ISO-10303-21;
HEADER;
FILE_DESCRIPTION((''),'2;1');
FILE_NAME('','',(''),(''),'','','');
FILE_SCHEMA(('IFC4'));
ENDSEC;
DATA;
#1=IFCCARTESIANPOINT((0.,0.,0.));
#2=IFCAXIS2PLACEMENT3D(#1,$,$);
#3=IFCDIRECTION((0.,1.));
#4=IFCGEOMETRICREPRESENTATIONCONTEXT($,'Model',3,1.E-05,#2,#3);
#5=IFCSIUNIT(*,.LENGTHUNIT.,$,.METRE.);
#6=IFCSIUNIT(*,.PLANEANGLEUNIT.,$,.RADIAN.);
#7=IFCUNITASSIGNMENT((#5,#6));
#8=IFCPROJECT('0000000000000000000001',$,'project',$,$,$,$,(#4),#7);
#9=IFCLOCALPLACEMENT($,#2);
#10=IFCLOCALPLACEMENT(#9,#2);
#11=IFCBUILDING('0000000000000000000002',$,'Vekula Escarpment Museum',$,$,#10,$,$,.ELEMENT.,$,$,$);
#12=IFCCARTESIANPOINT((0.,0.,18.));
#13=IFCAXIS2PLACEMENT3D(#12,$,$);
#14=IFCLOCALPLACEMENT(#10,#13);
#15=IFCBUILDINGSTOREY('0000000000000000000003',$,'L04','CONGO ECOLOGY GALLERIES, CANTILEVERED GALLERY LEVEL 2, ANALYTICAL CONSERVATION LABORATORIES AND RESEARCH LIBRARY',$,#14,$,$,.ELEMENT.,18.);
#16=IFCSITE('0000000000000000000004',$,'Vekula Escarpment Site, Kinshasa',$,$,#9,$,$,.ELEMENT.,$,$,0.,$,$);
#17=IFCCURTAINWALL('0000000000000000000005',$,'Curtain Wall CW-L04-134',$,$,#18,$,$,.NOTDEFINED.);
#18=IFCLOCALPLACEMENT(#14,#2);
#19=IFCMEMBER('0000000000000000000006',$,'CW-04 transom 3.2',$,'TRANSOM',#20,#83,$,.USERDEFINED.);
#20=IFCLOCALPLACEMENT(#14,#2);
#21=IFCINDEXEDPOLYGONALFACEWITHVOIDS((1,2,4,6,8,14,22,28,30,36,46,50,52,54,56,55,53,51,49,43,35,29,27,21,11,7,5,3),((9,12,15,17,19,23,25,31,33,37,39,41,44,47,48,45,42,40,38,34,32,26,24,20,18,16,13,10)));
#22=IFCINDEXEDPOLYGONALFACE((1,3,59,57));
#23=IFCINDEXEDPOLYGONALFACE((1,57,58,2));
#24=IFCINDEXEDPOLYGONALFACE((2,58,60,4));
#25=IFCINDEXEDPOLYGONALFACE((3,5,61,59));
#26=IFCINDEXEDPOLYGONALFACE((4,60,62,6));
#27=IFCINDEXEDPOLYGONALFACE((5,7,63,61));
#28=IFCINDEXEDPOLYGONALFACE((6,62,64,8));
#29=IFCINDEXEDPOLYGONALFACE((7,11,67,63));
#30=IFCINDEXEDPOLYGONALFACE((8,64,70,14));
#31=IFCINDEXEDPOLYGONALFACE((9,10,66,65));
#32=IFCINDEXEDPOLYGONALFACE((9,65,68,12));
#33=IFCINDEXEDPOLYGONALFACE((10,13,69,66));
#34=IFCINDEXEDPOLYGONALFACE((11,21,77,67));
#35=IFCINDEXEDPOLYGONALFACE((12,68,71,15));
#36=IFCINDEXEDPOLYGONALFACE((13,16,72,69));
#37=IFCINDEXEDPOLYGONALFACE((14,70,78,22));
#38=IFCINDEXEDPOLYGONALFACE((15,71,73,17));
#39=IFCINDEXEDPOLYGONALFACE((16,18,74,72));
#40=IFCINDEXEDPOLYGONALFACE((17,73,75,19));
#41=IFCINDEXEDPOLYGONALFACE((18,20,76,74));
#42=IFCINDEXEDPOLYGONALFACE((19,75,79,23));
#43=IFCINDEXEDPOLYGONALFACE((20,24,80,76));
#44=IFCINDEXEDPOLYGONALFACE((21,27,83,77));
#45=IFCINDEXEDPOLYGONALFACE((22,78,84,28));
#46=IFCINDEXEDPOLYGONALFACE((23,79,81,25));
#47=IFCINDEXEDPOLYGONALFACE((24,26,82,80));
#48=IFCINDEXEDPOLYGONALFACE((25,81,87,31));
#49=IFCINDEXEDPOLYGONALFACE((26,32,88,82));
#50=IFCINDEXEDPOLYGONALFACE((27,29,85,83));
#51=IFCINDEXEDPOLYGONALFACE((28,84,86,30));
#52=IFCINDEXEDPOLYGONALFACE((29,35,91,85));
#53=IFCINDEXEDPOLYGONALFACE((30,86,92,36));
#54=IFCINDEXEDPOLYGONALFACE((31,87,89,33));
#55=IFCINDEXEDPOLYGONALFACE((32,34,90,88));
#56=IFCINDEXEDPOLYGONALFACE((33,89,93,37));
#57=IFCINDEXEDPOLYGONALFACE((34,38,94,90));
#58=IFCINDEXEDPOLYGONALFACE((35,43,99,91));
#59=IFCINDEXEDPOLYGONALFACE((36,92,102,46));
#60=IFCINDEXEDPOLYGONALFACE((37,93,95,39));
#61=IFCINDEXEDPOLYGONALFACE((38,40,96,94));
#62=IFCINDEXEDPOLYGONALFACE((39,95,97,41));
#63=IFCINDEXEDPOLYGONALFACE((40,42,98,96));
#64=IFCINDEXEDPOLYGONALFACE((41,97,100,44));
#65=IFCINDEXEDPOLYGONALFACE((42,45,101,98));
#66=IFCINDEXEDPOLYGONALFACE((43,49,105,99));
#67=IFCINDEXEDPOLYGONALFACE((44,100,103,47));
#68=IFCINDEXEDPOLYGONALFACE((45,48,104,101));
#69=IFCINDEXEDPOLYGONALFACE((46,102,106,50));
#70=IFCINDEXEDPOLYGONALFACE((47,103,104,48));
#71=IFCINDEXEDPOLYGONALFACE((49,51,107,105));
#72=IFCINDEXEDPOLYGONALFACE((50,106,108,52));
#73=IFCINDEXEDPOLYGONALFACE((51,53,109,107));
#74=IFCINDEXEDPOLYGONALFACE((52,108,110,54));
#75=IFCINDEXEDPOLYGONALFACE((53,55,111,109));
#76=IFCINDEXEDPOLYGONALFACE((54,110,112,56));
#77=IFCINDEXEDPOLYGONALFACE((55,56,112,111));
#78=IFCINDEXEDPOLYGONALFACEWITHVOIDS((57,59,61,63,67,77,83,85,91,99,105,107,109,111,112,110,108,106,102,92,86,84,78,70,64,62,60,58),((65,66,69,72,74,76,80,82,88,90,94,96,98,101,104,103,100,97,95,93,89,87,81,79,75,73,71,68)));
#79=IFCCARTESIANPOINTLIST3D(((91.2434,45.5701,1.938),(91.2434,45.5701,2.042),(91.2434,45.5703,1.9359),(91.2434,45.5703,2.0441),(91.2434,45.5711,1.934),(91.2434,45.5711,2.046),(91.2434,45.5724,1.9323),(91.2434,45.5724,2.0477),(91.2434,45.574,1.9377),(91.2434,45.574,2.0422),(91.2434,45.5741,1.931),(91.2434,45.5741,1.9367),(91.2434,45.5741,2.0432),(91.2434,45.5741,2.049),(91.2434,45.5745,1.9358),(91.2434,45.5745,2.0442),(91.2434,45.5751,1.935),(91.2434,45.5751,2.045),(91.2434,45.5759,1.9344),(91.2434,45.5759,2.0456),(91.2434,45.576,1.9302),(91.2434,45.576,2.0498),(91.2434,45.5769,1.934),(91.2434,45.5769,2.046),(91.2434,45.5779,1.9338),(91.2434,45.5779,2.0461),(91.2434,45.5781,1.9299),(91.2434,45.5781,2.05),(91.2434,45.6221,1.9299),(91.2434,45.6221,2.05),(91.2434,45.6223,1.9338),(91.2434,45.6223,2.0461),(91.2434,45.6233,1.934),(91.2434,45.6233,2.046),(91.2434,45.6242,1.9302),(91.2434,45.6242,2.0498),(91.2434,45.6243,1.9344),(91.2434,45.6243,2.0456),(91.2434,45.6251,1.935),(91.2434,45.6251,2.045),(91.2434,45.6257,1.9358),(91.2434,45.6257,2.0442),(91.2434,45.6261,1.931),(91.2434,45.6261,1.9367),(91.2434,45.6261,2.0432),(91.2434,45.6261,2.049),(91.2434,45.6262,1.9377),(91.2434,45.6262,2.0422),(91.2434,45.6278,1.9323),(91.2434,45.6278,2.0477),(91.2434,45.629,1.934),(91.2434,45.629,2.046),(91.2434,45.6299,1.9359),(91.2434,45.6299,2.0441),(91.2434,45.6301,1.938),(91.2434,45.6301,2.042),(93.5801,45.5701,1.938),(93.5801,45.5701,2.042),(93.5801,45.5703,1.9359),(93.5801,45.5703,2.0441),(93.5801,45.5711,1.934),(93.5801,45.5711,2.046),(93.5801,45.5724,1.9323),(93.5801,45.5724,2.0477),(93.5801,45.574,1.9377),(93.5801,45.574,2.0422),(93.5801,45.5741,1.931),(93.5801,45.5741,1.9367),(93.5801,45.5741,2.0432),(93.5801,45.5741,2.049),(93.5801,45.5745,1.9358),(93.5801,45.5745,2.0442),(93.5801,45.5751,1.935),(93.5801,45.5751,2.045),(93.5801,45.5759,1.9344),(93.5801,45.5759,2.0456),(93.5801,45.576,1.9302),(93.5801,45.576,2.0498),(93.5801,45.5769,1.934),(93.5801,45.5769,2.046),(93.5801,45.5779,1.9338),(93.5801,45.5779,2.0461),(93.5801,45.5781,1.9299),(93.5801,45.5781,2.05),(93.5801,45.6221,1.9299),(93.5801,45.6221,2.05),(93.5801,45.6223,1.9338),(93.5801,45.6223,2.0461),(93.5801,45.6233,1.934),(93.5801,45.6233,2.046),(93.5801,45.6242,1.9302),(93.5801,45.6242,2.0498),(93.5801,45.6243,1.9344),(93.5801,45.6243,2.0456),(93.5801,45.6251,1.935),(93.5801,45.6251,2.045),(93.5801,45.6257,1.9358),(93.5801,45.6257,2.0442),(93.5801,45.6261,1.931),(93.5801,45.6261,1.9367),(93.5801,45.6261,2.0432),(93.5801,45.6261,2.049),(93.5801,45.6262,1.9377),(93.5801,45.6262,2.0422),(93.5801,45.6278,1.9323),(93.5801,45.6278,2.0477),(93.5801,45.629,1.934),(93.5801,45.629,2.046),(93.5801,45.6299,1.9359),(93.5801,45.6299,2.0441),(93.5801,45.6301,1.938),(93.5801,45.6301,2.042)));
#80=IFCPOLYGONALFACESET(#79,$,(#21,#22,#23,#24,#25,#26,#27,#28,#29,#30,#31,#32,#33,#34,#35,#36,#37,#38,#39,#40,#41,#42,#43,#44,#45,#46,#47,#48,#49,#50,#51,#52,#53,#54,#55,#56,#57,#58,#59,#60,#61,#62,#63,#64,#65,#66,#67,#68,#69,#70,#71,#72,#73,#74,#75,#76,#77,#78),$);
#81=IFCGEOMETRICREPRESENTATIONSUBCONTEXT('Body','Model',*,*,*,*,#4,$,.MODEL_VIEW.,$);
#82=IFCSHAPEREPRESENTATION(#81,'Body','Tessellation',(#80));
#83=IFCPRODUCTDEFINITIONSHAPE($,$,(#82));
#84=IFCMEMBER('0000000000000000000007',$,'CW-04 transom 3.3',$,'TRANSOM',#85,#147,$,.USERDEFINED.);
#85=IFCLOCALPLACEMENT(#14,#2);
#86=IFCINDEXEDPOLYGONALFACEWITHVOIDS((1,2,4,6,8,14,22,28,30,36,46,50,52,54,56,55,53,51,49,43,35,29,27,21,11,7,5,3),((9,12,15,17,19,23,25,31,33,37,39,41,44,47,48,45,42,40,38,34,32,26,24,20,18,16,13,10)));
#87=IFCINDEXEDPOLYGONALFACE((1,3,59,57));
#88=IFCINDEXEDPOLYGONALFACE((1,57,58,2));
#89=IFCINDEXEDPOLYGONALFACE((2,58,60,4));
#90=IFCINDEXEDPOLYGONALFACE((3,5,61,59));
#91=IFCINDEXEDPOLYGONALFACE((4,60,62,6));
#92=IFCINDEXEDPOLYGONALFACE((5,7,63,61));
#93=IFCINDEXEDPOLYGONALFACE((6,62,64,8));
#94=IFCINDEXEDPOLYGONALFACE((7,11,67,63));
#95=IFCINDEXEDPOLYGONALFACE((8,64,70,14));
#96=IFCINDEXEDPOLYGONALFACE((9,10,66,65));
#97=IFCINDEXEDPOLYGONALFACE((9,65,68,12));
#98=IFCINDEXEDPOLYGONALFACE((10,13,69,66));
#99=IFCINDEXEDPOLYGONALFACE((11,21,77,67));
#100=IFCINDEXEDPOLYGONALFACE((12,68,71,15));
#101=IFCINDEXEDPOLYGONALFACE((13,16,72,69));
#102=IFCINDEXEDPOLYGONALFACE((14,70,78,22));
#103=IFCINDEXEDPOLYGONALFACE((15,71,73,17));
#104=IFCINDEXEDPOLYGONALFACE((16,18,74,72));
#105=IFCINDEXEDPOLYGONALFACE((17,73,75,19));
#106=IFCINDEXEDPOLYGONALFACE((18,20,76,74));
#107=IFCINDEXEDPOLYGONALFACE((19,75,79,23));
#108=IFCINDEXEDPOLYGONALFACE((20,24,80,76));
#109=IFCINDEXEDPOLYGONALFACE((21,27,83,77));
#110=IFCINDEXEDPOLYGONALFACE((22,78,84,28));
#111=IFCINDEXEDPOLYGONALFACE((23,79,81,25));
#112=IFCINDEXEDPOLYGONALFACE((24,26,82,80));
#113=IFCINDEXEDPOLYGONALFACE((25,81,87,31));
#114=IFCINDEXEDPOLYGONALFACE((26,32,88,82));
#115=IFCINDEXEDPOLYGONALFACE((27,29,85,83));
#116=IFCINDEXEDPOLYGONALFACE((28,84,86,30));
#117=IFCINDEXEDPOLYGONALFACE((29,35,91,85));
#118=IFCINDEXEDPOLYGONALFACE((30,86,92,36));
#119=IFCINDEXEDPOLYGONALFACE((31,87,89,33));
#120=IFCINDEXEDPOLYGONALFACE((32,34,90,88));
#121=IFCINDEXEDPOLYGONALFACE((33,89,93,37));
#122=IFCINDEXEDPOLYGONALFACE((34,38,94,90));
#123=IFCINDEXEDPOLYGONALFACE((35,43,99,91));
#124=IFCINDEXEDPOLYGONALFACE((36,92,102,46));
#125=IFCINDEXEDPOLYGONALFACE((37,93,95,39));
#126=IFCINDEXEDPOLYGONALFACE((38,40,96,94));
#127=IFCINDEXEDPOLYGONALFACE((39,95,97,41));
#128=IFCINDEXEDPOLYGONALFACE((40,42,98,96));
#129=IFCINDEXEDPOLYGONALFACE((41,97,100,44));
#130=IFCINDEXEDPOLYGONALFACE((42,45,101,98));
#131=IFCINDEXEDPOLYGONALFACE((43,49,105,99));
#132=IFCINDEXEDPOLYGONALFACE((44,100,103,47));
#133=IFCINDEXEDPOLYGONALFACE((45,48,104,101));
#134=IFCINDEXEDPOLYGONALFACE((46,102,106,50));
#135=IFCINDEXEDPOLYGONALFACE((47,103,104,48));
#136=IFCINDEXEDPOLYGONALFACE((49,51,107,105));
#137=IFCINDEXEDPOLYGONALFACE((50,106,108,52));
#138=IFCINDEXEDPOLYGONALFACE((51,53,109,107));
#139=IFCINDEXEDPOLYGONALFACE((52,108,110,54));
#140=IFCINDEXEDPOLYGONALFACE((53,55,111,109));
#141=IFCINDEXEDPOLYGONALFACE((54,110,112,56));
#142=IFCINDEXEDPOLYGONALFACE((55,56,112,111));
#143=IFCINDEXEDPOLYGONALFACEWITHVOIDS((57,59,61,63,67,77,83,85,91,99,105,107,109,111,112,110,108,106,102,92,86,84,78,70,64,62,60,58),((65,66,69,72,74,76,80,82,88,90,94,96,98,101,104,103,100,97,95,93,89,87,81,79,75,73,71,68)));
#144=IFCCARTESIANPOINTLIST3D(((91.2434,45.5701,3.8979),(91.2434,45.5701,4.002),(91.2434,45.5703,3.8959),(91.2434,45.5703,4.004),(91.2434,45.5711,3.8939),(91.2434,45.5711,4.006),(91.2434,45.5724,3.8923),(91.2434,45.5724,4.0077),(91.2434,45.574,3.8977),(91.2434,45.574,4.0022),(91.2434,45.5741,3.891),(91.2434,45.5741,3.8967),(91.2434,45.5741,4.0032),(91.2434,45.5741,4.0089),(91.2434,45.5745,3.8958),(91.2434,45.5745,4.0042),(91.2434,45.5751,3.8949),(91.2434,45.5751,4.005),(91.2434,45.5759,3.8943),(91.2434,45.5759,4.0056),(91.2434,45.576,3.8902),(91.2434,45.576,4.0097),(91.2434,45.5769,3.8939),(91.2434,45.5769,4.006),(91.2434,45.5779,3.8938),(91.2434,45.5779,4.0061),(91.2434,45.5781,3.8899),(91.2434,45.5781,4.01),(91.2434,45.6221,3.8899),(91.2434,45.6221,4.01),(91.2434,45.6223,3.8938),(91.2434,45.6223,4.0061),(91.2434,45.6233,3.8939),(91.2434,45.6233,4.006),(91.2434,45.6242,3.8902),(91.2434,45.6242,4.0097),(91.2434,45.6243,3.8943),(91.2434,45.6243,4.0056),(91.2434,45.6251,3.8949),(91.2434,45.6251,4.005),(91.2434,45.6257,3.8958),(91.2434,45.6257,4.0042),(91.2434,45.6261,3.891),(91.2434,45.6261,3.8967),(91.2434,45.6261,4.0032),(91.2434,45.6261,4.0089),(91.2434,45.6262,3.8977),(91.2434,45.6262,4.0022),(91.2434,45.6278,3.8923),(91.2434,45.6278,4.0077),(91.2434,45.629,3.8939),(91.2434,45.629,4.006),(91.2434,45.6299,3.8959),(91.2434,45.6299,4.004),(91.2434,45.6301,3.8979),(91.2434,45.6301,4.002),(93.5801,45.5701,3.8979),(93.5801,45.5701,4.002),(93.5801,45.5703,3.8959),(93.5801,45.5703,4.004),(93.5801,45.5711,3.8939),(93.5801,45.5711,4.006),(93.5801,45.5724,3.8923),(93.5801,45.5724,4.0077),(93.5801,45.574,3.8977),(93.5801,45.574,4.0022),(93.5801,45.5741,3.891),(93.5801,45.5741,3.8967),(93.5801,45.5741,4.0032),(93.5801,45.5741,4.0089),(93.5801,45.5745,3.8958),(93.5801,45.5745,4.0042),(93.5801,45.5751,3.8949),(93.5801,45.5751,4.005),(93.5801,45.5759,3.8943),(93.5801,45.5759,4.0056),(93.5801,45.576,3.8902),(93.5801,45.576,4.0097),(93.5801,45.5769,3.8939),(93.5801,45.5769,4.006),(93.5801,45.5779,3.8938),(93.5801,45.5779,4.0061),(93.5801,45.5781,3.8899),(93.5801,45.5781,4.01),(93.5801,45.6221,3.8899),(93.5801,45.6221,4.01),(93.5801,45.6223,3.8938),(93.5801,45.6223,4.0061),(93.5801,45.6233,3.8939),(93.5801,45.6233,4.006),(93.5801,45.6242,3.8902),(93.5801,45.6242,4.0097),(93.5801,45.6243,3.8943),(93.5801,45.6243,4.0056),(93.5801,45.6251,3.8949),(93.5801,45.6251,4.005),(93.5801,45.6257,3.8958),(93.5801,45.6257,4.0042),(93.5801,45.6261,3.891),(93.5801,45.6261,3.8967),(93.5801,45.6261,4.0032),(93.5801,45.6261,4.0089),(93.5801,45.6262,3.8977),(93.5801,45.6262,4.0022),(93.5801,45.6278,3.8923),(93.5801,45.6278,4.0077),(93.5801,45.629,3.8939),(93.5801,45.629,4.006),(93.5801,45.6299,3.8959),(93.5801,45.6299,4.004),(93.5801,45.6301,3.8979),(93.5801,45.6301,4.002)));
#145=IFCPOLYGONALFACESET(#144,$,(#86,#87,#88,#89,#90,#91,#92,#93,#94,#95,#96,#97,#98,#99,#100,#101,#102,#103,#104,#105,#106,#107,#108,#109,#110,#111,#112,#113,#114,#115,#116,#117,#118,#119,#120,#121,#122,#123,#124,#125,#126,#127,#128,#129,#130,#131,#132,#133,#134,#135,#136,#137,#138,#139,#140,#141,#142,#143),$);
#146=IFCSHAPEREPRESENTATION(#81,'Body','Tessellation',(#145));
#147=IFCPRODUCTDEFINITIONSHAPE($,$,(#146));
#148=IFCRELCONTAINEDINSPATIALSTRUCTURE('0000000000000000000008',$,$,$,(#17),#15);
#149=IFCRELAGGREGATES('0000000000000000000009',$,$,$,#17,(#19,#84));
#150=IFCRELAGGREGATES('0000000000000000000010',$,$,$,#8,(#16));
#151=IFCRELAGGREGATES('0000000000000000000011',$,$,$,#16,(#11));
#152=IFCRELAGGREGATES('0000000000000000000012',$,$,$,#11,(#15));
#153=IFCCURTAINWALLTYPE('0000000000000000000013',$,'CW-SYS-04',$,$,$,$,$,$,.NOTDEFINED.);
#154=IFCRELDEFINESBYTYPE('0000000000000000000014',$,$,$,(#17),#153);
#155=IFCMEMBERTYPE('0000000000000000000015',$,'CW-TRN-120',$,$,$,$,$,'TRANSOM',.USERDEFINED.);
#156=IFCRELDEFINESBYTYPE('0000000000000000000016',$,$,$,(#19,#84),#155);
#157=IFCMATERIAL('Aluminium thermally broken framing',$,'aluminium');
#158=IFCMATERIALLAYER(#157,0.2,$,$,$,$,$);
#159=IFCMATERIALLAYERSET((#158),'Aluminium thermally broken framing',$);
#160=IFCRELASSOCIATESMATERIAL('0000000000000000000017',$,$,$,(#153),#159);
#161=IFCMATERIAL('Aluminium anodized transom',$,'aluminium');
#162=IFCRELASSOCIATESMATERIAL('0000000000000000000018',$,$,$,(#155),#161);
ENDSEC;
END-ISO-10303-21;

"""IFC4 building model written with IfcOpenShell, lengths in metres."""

from ifc_helpers import new_model, si_unit, direction, frame, origin, origin_2d, place, context, subcontext, project, spatial, hollow_rectangle, extrude, material, layer, layer_set, material_profile, profile_set, type_object, element, aggregate, save


model = new_model("IFC4")

# Units and contexts
model_context = context("Model", 3, precision=1e-05, world=origin(), true_north=direction((0.0, 1.0)))
body_context = subcontext(model_context, "Body", "Model", "MODEL_VIEW")
ifc_project = project(units=[si_unit("LENGTHUNIT", "METRE"), si_unit("PLANEANGLEUNIT", "RADIAN")], contexts=[model_context])

# Site, building, storey
site_placement = place(None, origin())
site = spatial("IfcSite", under=ifc_project, at=site_placement, Name="Vekula Escarpment Site, Kinshasa", CompositionType="ELEMENT", RefElevation=0.0)
building_placement = place(site_placement, origin())
building = spatial("IfcBuilding", under=site, at=building_placement, Name="Vekula Escarpment Museum", CompositionType="ELEMENT")
storey_placement = place(building_placement, frame((0.0, 0.0, 18.0)))
storey = spatial("IfcBuildingStorey", under=building, at=storey_placement, Name="L04", Description="CONGO ECOLOGY GALLERIES, CANTILEVERED GALLERY LEVEL 2, ANALYTICAL CONSERVATION LABORATORIES AND RESEARCH LIBRARY", CompositionType="ELEMENT", Elevation=18.0)

# Curtain wall
ifc_material_1 = material(Name="Aluminium thermally broken framing", Category="aluminium")
ifc_layer_1 = layer(ifc_material_1, 0.2)
ifc_layer_set_1 = layer_set([ifc_layer_1], Name="Aluminium thermally broken framing")
curtain_wall_type_1 = type_object("IfcCurtainWallType", Name="CW-SYS-04", PredefinedType="NOTDEFINED", material=ifc_layer_set_1)
curtain_wall_1_placement = place(storey_placement, origin())
curtain_wall_1 = element("IfcCurtainWall", 1, at=curtain_wall_1_placement, inside=storey, type_object=curtain_wall_type_1, Name="Curtain Wall CW-L04-134", PredefinedType="NOTDEFINED")

# Members
ifc_material_2 = material(Name="Aluminium anodized transom", Category="aluminium")
ifc_material_profile_1 = material_profile(ifc_material_2, hollow_rectangle(XDim=0.0601, YDim=0.1201, WallThickness=0.0039, InnerFilletRadius=0.0039, OuterFilletRadius=0.0081, at=origin_2d()), Name="ALU 120x60x4")
ifc_profile_set_1 = profile_set([ifc_material_profile_1], Name="Aluminium anodized transom")
member_type_1 = type_object("IfcMemberType", Name="CW-TRN-120", ElementType="TRANSOM", PredefinedType="USERDEFINED", material=ifc_profile_set_1)
member_1_placement = place(storey_placement, frame((91.2434, 45.6001, 1.99), z_axis=(1.0, 0.0, 0.0), x_axis=(0.0, 1.0, 0.0)))
member_1 = element("IfcMember", 2, at=member_1_placement, type_object=member_type_1, Name="CW-04 transom 3.2", ObjectType="TRANSOM", PredefinedType="USERDEFINED", context=body_context, shape_type="SweptSolid", body=[
    extrude(hollow_rectangle(XDim=0.0601, YDim=0.1201, WallThickness=0.0039, InnerFilletRadius=0.0039, OuterFilletRadius=0.0081, at=origin_2d()), origin(), (0.0, 0.0, 1.0), 2.3367),
])
member_2_placement = place(storey_placement, frame((91.2434, 45.6001, 3.95), z_axis=(1.0, 0.0, 0.0), x_axis=(0.0, 1.0, 0.0)))
member_2 = element("IfcMember", 3, at=member_2_placement, type_object=member_type_1, Name="CW-04 transom 3.3", ObjectType="TRANSOM", PredefinedType="USERDEFINED", context=body_context, shape_type="SweptSolid", body=[
    extrude(hollow_rectangle(XDim=0.0601, YDim=0.1201, WallThickness=0.0039, InnerFilletRadius=0.0039, OuterFilletRadius=0.0081, at=origin_2d()), origin(), (0.0, 0.0, 1.0), 2.3367),
])

aggregate(curtain_wall_1, [member_1, member_2])

save(model, "model.ifc")
